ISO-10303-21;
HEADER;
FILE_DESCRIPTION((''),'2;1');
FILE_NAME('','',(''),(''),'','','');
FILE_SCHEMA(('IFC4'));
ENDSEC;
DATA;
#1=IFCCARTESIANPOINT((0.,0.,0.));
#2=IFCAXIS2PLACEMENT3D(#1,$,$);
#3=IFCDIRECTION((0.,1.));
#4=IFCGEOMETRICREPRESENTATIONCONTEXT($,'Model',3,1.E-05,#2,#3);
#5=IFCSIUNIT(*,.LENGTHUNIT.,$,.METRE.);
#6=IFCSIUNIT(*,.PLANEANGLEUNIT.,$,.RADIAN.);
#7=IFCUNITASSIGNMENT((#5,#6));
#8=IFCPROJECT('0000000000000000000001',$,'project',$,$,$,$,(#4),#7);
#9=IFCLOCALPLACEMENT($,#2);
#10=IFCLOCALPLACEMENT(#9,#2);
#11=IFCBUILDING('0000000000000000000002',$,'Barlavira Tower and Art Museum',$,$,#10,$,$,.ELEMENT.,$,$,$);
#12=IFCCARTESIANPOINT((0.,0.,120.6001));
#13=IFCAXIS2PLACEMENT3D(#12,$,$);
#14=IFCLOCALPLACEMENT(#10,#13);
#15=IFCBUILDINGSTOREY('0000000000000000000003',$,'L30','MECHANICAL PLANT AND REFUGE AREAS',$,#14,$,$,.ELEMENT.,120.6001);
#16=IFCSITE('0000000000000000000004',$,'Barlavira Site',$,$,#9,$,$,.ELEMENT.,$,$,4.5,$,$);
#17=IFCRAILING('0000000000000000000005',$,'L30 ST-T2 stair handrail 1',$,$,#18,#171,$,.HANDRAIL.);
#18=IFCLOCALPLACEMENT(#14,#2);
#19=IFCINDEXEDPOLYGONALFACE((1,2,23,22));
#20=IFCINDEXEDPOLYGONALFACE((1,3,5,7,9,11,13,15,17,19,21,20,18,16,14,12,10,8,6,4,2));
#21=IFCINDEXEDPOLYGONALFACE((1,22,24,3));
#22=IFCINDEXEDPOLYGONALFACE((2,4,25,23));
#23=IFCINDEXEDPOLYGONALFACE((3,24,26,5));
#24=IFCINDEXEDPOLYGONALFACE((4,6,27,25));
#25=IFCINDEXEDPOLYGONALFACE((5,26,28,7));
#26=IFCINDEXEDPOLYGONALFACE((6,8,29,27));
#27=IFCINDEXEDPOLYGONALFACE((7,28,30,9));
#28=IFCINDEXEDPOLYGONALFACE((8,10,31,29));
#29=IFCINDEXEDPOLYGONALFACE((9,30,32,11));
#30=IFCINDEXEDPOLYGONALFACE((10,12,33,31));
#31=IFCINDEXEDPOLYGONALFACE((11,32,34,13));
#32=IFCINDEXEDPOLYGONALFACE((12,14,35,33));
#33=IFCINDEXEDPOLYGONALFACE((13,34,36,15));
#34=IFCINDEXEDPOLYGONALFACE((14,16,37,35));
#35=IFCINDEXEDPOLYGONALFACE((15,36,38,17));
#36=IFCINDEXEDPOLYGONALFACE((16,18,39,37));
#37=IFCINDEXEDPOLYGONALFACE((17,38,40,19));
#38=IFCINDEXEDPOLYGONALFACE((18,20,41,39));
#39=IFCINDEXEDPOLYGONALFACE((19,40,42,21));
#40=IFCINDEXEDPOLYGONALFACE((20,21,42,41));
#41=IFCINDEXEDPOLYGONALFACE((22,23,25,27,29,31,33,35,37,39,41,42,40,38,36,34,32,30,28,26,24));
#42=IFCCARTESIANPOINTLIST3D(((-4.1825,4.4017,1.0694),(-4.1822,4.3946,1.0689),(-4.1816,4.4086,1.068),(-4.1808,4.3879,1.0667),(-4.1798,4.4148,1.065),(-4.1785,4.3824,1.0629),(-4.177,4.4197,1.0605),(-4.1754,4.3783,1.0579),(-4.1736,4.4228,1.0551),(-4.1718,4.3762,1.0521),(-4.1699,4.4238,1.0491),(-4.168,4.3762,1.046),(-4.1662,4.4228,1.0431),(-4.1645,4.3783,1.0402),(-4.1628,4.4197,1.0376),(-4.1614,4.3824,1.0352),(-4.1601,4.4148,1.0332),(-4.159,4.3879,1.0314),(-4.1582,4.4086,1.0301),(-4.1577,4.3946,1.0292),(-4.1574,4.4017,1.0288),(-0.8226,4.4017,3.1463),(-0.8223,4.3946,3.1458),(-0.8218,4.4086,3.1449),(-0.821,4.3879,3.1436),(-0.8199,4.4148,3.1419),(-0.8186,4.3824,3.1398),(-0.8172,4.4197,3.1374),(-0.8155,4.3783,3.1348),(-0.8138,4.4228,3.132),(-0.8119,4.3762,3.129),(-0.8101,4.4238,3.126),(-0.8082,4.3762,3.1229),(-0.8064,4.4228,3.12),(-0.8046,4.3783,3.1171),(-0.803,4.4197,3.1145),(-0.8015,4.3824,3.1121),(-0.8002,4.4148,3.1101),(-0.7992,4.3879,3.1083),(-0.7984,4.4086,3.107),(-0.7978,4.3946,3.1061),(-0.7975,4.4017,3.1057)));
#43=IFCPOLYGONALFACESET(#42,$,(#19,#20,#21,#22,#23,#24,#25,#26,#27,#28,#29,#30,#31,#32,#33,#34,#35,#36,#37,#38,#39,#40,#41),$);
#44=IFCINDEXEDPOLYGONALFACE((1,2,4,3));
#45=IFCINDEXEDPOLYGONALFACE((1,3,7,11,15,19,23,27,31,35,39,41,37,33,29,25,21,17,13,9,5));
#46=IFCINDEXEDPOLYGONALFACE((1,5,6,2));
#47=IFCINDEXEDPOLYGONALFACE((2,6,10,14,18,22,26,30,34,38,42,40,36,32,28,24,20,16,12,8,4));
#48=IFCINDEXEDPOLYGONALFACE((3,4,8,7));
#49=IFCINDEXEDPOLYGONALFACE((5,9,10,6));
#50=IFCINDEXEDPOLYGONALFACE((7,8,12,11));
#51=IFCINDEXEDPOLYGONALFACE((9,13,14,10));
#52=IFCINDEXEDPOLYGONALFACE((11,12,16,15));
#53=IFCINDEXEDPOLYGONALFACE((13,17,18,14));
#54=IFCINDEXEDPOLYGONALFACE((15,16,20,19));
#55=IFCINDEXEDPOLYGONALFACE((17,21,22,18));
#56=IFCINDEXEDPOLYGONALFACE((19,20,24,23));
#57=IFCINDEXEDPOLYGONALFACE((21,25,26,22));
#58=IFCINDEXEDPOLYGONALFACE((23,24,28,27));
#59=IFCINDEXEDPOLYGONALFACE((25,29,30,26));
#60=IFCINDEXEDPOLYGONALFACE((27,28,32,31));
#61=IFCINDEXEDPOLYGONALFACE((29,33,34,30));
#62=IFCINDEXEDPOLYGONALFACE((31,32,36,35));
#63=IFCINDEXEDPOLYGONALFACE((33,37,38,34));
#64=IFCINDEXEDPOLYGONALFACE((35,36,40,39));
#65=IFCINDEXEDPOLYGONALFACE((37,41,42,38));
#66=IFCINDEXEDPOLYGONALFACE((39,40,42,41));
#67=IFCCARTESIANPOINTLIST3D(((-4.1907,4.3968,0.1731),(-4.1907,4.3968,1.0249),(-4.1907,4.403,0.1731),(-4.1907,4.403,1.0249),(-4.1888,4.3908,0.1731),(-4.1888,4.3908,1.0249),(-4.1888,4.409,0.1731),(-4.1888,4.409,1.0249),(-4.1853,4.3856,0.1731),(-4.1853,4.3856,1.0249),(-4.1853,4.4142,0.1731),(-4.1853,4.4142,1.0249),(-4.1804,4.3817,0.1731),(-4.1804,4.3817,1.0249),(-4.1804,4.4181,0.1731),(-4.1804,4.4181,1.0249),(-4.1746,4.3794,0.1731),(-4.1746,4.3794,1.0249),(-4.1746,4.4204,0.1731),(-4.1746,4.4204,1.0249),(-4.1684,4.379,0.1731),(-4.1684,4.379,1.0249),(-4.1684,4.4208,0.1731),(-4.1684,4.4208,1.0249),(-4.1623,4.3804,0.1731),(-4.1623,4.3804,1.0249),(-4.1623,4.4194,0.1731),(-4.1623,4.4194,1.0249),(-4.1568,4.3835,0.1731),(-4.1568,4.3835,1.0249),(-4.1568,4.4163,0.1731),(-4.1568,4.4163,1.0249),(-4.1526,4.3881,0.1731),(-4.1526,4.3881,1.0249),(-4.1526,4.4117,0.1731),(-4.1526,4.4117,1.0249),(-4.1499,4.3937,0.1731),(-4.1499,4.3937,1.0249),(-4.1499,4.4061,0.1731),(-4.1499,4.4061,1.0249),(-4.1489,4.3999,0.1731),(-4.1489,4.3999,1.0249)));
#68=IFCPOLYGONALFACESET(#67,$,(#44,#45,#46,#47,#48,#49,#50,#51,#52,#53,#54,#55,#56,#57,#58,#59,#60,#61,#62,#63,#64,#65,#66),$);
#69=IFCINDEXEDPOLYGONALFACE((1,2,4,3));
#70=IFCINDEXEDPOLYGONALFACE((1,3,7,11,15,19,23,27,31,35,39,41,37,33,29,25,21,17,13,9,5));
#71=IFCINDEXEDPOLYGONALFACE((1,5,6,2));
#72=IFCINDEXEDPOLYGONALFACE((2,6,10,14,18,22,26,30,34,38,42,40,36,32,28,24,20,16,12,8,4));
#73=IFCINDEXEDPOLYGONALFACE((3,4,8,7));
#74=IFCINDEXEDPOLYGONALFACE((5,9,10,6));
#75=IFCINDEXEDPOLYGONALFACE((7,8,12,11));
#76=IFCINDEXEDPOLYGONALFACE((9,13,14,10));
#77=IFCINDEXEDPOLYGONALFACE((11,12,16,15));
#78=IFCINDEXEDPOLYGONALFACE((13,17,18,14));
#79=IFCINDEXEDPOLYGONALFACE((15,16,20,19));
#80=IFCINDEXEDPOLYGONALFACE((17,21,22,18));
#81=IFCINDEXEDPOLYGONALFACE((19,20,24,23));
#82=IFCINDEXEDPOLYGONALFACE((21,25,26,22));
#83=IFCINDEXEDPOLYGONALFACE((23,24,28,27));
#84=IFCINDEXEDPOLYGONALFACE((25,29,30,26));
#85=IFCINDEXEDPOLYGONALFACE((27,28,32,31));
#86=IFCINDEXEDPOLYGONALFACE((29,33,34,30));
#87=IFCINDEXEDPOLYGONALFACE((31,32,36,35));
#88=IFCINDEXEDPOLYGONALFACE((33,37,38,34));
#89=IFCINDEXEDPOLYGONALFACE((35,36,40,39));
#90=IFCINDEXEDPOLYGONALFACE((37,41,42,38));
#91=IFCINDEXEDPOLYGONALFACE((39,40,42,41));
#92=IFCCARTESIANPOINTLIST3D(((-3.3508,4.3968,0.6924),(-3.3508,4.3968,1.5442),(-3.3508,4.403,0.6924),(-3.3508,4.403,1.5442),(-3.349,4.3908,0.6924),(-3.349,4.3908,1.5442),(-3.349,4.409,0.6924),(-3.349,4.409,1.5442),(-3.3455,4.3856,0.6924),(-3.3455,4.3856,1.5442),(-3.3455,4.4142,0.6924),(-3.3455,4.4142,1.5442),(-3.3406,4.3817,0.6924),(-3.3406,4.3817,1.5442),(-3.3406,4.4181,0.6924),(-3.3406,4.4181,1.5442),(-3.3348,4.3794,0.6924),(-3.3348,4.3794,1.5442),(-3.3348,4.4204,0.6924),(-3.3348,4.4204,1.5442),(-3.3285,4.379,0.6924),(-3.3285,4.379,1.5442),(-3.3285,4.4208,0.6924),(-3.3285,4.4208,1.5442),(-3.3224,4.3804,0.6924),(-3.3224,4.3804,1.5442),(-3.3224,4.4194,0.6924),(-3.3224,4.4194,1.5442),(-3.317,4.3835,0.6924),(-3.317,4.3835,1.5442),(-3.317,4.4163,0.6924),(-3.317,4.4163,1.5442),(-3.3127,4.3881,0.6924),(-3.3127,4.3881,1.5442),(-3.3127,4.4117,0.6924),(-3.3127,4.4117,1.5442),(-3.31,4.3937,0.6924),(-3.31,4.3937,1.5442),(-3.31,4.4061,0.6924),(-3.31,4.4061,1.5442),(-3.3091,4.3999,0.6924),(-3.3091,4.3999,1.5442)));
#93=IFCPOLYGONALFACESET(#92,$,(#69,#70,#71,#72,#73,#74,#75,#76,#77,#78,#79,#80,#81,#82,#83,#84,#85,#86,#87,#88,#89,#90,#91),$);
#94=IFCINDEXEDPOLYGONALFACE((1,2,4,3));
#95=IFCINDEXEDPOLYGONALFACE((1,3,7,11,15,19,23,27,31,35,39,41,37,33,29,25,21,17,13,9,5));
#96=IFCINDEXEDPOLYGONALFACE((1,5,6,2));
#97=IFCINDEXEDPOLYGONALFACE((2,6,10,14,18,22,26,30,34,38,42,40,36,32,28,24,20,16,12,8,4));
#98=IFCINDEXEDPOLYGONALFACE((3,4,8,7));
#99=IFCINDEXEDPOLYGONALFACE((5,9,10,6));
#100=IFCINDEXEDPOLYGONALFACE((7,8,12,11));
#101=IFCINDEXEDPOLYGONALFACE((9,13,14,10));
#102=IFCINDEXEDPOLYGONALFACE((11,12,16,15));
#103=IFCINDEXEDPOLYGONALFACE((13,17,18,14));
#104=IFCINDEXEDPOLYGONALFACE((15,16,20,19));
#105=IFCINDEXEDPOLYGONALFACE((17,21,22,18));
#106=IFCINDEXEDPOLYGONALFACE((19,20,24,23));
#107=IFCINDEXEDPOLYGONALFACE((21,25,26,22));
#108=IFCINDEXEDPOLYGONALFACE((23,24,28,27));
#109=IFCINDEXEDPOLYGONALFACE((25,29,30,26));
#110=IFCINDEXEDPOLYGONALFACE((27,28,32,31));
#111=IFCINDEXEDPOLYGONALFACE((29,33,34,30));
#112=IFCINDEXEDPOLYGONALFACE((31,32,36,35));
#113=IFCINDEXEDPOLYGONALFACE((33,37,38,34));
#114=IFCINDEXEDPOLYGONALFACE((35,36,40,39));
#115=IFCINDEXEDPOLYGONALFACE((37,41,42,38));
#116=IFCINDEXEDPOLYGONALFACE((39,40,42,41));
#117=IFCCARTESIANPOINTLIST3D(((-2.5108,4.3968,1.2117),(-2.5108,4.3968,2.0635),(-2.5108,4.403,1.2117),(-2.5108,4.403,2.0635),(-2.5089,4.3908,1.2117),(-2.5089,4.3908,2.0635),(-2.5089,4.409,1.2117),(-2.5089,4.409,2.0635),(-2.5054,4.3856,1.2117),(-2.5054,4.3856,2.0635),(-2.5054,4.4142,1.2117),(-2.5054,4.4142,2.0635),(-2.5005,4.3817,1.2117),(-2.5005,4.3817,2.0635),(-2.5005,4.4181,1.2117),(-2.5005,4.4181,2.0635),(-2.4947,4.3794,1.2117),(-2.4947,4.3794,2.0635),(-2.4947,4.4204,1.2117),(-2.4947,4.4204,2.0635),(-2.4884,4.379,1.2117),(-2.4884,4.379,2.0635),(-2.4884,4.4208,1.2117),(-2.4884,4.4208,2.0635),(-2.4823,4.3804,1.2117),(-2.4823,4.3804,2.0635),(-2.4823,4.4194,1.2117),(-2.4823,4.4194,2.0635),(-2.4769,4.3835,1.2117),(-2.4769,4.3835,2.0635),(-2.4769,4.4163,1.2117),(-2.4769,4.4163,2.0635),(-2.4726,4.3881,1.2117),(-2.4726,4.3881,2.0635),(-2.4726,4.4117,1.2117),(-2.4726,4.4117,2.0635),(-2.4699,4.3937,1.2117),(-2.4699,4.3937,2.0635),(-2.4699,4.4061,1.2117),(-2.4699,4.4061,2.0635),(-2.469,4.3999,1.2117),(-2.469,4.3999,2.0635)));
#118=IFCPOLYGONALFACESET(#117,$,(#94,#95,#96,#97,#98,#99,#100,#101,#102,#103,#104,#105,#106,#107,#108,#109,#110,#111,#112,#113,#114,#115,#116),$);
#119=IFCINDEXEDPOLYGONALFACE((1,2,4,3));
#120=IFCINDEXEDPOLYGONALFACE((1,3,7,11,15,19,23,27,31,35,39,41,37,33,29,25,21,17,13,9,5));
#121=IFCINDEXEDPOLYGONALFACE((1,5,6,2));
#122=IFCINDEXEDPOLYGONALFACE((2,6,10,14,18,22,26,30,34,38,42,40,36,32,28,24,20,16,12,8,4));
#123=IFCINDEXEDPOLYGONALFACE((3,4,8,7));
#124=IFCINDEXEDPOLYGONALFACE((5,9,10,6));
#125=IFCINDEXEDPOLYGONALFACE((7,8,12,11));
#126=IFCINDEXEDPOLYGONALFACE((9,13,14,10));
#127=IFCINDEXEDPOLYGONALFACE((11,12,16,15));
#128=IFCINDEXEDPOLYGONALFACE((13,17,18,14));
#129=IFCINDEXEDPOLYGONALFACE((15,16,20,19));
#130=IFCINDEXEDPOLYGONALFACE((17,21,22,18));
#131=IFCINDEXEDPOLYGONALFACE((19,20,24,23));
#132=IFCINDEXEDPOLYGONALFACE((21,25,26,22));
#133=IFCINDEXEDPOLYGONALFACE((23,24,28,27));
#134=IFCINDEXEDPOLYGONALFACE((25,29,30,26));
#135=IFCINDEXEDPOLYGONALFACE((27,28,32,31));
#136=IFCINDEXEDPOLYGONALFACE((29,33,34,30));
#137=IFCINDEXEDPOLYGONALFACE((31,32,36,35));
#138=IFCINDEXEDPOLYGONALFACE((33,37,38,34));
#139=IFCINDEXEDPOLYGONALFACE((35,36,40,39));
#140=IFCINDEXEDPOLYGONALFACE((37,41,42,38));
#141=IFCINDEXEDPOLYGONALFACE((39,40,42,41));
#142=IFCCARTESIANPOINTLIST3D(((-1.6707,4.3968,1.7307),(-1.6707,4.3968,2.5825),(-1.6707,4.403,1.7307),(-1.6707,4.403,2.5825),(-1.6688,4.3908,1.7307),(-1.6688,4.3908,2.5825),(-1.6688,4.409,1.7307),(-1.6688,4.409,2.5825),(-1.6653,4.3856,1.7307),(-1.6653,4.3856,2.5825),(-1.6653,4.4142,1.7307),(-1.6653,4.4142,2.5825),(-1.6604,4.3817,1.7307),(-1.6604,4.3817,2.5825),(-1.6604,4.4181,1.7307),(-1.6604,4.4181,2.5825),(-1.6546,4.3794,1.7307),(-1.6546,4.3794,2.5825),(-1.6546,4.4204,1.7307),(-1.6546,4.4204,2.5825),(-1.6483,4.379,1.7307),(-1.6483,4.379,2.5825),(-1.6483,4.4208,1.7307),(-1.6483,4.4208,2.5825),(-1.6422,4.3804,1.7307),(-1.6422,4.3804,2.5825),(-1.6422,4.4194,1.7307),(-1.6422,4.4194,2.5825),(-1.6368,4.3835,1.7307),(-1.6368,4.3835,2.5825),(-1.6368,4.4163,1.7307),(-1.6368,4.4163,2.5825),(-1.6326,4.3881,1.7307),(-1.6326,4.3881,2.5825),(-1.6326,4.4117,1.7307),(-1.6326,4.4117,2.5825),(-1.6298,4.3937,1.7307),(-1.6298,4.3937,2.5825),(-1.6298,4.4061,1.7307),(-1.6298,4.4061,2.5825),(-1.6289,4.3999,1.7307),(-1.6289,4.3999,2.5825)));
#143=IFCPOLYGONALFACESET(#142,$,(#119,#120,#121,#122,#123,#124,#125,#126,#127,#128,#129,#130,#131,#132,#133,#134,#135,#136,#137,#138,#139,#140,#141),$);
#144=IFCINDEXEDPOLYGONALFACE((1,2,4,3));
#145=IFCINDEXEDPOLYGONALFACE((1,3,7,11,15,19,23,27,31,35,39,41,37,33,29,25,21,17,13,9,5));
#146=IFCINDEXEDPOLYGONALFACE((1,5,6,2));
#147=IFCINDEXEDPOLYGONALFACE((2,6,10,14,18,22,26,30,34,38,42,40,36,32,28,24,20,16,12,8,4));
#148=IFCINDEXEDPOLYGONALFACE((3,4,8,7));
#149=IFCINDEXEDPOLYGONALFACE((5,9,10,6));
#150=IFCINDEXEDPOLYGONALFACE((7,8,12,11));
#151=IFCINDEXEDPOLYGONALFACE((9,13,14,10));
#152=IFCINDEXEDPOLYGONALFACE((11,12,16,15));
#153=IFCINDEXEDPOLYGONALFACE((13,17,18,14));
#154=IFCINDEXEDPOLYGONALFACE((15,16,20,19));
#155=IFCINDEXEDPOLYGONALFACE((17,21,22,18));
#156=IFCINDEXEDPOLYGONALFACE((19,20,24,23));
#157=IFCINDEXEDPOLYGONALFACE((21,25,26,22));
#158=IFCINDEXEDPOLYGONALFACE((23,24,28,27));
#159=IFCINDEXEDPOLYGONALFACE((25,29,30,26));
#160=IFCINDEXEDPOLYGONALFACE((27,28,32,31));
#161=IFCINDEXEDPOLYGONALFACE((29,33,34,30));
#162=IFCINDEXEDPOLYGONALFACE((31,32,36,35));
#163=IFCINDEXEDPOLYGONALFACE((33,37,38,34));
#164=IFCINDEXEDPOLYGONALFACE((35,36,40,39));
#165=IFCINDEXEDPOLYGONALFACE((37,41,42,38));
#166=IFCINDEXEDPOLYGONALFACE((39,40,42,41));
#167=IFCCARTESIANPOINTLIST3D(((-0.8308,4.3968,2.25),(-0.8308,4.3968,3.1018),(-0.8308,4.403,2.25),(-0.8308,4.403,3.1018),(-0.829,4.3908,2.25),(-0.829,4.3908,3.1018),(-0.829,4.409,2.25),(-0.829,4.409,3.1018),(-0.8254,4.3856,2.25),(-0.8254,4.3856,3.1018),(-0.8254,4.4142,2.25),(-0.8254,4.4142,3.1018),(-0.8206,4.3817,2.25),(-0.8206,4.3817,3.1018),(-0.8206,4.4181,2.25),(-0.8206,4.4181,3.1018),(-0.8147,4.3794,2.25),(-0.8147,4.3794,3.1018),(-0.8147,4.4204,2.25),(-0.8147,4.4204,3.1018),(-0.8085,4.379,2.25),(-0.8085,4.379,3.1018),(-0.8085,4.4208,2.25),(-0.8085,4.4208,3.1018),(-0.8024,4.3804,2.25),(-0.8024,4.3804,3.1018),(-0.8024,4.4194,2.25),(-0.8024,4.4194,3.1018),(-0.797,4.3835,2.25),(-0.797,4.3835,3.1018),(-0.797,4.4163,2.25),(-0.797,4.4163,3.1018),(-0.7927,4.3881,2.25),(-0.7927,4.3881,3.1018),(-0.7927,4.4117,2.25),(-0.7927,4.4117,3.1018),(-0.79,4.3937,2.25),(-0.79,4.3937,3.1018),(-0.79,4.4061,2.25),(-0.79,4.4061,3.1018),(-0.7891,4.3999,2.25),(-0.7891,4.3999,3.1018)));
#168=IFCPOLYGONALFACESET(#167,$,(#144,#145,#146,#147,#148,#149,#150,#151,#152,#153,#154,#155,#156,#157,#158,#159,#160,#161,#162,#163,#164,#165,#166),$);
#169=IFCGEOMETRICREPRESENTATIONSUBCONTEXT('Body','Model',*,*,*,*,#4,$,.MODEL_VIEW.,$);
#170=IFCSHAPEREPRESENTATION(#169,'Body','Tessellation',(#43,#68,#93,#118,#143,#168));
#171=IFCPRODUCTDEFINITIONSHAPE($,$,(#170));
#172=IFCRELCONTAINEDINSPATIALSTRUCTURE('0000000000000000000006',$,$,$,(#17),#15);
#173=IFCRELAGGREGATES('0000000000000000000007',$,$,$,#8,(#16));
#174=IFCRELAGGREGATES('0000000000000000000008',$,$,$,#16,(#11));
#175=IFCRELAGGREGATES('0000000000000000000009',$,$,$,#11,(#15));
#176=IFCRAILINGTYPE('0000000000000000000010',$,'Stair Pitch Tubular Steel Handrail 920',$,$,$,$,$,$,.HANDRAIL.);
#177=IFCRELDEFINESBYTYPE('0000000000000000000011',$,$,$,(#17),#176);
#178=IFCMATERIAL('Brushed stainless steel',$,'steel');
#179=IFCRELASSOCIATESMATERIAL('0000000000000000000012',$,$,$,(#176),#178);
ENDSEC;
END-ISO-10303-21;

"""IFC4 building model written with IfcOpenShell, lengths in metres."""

from ifc_helpers import new_model, si_unit, direction, frame, origin, origin_2d, place, context, subcontext, project, spatial, circle, extrude, material, type_object, element, save


model = new_model("IFC4")

# Units and contexts
model_context = context("Model", 3, precision=1e-05, world=origin(), true_north=direction((0.0, 1.0)))
body_context = subcontext(model_context, "Body", "Model", "MODEL_VIEW")
ifc_project = project(units=[si_unit("LENGTHUNIT", "METRE"), si_unit("PLANEANGLEUNIT", "RADIAN")], contexts=[model_context])

# Site, building, storey
site_placement = place(None, origin())
site = spatial("IfcSite", under=ifc_project, at=site_placement, Name="Barlavira Site", CompositionType="ELEMENT", RefElevation=4.5)
building_placement = place(site_placement, origin())
building = spatial("IfcBuilding", under=site, at=building_placement, Name="Barlavira Tower and Art Museum", CompositionType="ELEMENT")
storey_placement = place(building_placement, frame((0.0, 0.0, 120.6001)))
storey = spatial("IfcBuildingStorey", under=building, at=storey_placement, Name="L30", Description="MECHANICAL PLANT AND REFUGE AREAS", CompositionType="ELEMENT", Elevation=120.6001)

# Shared definitions
ifc_material_1 = material(Name="Brushed stainless steel", Category="steel")

# Railing
railing_type_1 = type_object("IfcRailingType", Name="Stair Pitch Tubular Steel Handrail 920", PredefinedType="HANDRAIL", material=ifc_material_1)
railing_1_placement = place(storey_placement, frame((-4.1699, 4.3999, 0.1731)))
element("IfcRailing", 1, at=railing_1_placement, inside=storey, type_object=railing_type_1, Name="L30 ST-T2 stair handrail 1", PredefinedType="HANDRAIL", context=body_context, shape_type="SweptSolid", body=[
    extrude(circle(Radius=0.0239, at=origin_2d()), frame((0.0, 0.0, 0.876), z_axis=(0.850606, 0.0, 0.525803), x_axis=(0.0, 1.0, 0.0)), (0.0, 0.0, 1.0), 3.95),
    extrude(circle(Radius=0.021, at=origin_2d()), origin(), (0.0, 0.0, 1.0), 0.8518),
    extrude(circle(Radius=0.021, at=origin_2d()), frame((0.8398, 0.0, 0.5193)), (0.0, 0.0, 1.0), 0.8518),
    extrude(circle(Radius=0.021, at=origin_2d()), frame((1.6799, 0.0, 1.0386)), (0.0, 0.0, 1.0), 0.8518),
    extrude(circle(Radius=0.021, at=origin_2d()), frame((2.52, 0.0, 1.5576)), (0.0, 0.0, 1.0), 0.8518),
    extrude(circle(Radius=0.021, at=origin_2d()), frame((3.3599, 0.0, 2.0769)), (0.0, 0.0, 1.0), 0.8518),
])

save(model, "model.ifc")
